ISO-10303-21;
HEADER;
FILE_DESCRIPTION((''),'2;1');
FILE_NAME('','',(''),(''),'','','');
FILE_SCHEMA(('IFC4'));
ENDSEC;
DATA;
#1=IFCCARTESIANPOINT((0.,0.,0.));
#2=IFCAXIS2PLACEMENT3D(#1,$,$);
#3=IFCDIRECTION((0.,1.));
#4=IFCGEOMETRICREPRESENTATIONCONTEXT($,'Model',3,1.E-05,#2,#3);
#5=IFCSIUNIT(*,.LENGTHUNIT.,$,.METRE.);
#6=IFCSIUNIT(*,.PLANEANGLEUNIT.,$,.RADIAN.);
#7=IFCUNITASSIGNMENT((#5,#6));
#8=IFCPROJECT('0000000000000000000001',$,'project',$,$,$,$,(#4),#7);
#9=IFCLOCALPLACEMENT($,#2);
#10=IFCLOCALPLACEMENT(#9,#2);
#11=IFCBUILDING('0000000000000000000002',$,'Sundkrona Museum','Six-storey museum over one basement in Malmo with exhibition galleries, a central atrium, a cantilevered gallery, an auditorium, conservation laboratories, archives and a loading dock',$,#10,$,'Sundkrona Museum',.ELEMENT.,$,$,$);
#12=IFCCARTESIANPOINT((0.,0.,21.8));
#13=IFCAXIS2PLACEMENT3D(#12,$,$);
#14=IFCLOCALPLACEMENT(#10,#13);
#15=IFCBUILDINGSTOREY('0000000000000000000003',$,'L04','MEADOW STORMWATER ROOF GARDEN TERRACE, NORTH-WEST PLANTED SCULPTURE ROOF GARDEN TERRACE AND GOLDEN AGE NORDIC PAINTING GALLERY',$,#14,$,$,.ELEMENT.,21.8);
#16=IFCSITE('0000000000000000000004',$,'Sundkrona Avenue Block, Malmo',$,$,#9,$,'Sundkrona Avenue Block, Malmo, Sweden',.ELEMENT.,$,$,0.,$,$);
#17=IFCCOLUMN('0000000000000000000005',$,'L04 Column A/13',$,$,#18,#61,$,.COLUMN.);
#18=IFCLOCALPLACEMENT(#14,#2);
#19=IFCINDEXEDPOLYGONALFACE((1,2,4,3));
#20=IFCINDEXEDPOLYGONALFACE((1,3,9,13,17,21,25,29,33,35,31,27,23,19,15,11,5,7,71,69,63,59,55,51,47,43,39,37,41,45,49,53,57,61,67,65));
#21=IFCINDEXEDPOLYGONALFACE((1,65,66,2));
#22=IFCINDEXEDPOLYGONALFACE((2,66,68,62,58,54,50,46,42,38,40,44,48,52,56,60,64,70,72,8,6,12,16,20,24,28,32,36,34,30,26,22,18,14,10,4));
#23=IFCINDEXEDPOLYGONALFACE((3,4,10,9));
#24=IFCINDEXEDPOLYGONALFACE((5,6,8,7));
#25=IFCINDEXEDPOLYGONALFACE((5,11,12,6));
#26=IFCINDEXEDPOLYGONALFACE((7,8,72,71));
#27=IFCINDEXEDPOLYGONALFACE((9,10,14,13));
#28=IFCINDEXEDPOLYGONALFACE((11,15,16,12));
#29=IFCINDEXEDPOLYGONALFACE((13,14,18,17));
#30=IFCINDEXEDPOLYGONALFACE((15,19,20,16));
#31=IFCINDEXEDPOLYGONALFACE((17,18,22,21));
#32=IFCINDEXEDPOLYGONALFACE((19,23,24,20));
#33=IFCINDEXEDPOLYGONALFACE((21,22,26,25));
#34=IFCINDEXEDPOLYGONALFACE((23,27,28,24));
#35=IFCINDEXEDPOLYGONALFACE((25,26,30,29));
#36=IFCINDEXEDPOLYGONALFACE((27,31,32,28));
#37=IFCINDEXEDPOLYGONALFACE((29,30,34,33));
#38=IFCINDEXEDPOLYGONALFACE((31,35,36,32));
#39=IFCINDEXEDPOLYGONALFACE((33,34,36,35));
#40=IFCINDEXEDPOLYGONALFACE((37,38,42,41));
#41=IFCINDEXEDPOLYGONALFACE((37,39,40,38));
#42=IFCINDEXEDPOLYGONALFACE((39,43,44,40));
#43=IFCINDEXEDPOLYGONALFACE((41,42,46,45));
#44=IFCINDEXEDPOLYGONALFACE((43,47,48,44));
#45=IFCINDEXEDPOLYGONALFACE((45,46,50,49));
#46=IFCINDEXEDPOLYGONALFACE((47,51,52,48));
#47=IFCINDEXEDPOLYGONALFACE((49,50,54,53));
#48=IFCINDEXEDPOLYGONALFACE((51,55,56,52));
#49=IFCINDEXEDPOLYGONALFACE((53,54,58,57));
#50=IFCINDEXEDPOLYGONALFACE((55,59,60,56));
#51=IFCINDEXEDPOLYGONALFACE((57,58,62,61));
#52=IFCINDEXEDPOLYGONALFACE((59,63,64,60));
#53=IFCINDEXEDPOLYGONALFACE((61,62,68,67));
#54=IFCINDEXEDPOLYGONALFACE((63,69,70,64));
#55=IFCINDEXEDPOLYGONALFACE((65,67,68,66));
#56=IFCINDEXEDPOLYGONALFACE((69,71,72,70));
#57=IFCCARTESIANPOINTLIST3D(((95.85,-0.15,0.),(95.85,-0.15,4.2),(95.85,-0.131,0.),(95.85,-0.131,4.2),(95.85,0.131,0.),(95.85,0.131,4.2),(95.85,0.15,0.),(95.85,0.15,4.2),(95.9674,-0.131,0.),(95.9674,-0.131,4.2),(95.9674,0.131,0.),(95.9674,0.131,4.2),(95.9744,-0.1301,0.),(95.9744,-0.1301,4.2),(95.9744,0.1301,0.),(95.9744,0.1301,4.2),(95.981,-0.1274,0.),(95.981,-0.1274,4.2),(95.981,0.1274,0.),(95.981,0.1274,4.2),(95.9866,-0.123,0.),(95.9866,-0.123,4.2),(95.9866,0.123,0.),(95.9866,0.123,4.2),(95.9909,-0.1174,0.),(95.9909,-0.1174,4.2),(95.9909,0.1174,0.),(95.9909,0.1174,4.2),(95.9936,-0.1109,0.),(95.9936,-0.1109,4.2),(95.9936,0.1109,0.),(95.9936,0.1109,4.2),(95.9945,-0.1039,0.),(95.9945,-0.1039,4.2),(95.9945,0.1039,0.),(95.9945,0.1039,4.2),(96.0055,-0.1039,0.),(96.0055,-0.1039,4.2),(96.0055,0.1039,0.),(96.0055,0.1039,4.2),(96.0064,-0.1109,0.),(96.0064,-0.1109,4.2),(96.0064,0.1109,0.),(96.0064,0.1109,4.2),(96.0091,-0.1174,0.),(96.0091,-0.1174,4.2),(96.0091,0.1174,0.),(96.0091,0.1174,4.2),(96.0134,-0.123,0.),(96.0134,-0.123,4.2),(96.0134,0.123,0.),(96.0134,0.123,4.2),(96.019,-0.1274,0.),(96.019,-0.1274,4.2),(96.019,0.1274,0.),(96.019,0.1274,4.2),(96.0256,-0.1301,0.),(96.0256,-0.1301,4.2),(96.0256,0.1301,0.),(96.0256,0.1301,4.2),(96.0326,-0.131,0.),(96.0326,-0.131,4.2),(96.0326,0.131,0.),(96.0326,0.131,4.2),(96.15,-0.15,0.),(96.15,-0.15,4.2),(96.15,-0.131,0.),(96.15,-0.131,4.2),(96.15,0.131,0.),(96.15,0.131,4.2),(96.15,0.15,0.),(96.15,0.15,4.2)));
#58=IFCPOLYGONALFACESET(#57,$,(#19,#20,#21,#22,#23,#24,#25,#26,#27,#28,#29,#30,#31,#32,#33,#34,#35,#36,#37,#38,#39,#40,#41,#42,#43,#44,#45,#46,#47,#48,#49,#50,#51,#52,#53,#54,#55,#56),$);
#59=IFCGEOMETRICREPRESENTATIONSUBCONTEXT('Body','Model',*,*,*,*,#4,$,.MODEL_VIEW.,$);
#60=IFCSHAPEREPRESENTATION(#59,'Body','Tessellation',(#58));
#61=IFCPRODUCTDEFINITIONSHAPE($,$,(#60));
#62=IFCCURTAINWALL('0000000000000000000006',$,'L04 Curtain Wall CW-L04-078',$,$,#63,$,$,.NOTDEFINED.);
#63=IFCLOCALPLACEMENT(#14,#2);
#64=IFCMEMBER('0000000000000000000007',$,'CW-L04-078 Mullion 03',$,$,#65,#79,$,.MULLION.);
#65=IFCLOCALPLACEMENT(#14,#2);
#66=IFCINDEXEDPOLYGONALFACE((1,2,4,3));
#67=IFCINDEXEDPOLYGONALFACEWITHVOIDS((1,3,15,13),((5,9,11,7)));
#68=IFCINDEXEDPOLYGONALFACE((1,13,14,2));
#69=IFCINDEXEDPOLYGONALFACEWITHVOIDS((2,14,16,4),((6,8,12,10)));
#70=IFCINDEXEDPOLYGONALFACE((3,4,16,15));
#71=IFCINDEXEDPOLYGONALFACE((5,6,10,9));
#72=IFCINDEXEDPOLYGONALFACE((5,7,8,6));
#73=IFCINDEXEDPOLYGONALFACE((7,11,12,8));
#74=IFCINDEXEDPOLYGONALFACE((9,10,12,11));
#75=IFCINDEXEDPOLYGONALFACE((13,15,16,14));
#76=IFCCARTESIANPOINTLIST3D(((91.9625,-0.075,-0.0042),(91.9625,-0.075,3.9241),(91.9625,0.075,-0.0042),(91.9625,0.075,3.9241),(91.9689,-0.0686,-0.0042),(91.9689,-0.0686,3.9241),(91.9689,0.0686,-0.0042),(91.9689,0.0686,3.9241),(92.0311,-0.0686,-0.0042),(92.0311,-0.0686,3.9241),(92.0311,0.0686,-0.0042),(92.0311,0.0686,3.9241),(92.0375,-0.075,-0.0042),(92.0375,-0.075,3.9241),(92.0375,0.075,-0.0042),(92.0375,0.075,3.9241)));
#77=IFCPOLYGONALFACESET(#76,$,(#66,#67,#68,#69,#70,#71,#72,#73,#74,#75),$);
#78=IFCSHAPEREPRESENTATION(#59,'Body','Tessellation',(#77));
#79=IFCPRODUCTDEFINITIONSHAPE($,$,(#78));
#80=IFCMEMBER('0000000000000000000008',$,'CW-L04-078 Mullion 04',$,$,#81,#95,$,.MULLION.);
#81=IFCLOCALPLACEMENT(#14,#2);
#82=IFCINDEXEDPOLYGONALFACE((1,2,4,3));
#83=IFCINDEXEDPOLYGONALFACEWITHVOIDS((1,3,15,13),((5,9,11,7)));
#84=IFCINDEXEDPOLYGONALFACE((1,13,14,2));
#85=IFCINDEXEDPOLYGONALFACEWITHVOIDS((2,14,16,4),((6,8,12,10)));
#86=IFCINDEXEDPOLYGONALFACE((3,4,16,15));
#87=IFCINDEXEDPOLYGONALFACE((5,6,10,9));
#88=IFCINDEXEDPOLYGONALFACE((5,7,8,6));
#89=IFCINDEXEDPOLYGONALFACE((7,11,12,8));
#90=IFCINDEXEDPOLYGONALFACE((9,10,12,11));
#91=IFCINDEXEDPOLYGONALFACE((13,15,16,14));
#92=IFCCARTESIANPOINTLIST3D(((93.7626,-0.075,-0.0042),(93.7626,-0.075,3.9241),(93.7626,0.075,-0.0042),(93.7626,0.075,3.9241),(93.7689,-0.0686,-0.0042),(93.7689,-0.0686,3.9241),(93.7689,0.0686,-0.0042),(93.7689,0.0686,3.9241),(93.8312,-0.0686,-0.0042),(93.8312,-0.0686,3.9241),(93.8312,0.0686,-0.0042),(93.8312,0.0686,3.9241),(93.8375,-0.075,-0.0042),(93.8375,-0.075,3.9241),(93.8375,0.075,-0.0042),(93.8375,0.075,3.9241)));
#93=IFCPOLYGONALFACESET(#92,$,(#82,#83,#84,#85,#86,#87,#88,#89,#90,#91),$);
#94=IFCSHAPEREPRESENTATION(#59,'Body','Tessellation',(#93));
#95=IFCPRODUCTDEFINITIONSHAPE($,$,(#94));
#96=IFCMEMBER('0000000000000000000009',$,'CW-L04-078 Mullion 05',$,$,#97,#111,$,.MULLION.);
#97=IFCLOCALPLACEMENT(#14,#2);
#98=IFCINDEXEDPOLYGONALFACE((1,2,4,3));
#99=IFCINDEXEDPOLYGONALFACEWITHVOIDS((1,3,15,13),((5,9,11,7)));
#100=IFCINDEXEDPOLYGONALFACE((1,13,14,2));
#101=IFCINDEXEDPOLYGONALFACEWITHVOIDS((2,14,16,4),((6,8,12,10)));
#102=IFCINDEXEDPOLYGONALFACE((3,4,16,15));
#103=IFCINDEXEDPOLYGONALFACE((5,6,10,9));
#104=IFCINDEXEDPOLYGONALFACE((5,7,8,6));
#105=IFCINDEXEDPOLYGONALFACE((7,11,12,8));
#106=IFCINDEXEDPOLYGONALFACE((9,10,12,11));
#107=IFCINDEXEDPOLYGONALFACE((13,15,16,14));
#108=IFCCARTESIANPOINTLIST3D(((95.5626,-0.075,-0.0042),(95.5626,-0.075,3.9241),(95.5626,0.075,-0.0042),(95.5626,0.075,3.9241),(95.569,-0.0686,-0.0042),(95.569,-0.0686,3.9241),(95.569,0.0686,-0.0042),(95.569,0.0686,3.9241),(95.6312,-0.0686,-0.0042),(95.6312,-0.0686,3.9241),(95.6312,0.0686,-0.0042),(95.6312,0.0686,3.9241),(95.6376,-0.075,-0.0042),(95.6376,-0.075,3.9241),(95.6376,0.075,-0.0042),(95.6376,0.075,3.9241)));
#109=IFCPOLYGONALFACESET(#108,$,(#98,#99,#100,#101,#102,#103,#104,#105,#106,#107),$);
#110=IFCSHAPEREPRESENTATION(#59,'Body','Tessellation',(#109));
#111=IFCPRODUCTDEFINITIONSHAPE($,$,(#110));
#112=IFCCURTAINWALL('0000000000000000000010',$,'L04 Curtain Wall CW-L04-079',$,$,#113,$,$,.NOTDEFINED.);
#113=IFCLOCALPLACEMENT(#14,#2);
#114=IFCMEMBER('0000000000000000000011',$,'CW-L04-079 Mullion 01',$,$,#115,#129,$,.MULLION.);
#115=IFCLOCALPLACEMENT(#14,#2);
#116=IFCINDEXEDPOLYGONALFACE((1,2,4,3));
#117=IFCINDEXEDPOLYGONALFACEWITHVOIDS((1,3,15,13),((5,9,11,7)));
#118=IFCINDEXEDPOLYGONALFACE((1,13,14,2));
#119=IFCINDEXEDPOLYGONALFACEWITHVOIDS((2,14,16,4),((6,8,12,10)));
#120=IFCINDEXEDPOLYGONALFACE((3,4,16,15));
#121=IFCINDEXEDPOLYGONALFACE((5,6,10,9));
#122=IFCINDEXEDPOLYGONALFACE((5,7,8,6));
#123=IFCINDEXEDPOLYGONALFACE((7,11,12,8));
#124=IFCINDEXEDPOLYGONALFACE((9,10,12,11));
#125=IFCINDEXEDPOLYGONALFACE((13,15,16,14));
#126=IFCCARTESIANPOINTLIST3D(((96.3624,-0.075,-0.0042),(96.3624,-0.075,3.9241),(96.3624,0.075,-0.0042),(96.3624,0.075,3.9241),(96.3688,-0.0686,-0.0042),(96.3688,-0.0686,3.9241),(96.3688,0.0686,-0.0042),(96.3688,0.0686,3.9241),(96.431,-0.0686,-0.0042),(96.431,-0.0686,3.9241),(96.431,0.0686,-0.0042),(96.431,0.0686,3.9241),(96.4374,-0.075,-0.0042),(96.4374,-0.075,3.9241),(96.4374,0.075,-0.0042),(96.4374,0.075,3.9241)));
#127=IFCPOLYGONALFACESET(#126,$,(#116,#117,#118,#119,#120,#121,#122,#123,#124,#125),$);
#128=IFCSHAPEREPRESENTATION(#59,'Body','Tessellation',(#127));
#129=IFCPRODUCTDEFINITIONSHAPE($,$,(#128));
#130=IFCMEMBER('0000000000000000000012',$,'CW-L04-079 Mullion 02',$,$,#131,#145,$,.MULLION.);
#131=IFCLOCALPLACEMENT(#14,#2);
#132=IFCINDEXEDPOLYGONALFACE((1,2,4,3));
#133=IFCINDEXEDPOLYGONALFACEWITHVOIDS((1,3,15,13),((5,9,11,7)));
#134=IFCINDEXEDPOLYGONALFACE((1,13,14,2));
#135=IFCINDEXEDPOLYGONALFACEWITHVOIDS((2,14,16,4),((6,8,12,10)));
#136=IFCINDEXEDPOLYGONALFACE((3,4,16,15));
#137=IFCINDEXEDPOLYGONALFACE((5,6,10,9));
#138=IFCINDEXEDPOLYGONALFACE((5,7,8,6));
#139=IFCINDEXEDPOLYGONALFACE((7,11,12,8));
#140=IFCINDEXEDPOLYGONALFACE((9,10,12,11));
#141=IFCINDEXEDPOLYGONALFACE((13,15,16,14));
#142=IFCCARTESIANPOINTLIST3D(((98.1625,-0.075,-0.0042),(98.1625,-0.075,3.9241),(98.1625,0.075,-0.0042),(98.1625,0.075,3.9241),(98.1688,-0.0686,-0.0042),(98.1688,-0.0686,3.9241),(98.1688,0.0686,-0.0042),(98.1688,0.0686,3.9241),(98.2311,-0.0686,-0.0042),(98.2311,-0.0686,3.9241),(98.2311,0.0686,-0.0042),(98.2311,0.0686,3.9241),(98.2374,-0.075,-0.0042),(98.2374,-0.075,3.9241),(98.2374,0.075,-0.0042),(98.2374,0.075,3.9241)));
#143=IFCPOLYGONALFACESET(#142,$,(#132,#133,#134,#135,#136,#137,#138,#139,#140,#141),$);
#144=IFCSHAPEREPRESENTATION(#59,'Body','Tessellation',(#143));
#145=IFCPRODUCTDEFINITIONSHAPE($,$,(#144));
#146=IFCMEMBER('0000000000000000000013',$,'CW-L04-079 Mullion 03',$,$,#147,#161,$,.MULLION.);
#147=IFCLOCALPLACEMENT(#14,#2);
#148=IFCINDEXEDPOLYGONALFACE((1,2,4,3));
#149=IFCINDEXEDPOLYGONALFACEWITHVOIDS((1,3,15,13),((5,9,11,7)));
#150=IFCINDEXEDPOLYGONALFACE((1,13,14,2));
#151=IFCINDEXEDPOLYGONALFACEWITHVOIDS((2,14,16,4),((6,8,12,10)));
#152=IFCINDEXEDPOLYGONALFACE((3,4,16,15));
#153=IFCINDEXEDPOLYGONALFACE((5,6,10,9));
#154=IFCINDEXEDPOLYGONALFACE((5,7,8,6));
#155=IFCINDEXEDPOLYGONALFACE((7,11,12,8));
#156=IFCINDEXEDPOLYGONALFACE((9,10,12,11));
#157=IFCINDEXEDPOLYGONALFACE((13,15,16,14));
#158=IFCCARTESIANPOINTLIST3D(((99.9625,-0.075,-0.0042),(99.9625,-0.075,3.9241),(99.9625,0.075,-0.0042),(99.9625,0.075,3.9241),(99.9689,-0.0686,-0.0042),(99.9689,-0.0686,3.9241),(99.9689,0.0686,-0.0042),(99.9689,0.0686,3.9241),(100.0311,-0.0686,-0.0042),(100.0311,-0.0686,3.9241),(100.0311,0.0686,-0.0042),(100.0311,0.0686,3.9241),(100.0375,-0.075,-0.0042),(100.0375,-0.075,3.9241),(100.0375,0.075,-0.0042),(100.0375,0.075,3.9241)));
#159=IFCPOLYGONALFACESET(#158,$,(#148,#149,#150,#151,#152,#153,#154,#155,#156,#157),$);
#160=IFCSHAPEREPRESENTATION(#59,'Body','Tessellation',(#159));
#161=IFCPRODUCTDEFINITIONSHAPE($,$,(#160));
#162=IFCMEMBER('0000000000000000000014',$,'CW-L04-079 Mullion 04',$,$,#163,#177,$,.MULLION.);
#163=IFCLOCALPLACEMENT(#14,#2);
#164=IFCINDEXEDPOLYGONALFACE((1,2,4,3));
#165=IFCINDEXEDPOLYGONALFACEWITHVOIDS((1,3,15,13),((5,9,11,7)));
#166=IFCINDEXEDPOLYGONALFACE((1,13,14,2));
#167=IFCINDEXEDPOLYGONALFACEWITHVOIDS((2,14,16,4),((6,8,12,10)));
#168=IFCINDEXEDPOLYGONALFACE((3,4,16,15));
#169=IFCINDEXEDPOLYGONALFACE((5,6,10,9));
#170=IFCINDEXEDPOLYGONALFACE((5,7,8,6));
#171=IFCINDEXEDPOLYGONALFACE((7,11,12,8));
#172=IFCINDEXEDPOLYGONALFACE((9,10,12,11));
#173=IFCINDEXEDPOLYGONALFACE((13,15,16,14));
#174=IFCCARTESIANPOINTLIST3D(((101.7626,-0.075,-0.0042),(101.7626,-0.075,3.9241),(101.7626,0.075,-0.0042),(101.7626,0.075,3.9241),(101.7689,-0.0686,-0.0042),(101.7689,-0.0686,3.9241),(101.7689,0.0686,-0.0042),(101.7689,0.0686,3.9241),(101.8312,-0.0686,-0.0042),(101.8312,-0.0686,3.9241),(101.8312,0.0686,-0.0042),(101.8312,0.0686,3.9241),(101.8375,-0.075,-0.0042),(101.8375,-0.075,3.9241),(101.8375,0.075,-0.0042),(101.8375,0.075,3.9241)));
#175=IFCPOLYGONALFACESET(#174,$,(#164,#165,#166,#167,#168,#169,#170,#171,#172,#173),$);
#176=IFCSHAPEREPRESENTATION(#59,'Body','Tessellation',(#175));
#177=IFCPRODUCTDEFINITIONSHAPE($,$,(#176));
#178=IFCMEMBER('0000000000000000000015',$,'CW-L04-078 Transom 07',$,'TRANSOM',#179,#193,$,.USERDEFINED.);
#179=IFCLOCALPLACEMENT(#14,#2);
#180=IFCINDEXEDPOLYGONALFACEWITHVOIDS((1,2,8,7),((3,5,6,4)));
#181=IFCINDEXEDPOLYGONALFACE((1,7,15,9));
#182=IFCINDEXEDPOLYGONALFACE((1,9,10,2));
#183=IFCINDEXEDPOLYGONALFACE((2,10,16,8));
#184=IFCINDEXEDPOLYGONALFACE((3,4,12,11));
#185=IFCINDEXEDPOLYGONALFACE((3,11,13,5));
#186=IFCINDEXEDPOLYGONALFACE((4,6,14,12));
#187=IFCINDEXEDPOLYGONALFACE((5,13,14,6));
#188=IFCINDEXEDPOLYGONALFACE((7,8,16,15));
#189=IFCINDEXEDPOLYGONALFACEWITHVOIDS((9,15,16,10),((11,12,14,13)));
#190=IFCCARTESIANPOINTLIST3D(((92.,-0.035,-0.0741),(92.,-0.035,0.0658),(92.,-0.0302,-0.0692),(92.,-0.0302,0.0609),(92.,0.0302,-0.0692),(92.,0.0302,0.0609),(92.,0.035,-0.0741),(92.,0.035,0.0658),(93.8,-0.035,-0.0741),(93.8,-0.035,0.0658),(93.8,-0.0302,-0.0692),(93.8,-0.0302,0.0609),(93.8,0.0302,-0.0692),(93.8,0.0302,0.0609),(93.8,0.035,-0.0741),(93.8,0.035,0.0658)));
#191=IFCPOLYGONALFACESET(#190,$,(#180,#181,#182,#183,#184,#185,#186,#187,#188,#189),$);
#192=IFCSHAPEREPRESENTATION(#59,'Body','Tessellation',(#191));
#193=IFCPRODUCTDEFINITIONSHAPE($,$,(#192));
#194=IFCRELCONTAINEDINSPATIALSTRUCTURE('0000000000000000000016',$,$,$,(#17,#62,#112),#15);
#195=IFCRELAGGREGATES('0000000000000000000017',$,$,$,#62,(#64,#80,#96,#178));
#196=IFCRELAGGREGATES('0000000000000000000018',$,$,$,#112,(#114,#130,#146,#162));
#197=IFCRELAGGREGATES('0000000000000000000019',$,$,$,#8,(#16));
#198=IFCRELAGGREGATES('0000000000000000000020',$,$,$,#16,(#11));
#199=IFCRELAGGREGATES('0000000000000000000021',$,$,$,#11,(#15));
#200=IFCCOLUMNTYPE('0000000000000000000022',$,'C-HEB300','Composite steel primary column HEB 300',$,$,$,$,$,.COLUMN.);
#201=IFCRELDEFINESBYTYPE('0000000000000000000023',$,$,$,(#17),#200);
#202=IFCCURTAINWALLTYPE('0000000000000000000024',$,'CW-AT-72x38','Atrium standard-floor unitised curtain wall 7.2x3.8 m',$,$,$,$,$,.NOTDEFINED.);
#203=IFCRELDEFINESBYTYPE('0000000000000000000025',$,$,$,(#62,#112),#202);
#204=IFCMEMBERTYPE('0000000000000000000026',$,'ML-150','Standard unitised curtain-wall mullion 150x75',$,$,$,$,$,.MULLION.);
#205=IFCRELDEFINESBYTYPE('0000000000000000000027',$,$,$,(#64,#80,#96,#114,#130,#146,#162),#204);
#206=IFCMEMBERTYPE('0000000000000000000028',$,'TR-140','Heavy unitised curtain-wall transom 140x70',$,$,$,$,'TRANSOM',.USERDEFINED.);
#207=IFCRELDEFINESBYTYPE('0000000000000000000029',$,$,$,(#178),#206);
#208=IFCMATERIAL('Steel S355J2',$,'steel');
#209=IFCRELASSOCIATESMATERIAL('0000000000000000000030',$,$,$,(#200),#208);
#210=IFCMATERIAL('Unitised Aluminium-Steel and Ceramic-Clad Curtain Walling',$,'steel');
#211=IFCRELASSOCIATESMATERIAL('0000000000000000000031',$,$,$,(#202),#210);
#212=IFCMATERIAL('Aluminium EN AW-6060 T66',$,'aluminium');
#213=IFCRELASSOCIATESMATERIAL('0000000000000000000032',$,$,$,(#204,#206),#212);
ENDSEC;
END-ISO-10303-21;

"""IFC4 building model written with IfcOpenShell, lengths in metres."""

from ifc_helpers import new_model, si_unit, direction, frame, origin, origin_2d, place, context, subcontext, project, spatial, hollow_rectangle, i_section, extrude, material, material_profile, profile_set, type_object, element, aggregate, save


model = new_model("IFC4")

# Units and contexts
model_context = context("Model", 3, precision=1e-05, world=origin(), true_north=direction((0.0, 1.0)))
body_context = subcontext(model_context, "Body", "Model", "MODEL_VIEW")
ifc_project = project(units=[si_unit("LENGTHUNIT", "METRE"), si_unit("PLANEANGLEUNIT", "RADIAN")], contexts=[model_context])

# Site, building, storey
site_placement = place(None, origin())
site = spatial("IfcSite", under=ifc_project, at=site_placement, Name="Sundkrona Avenue Block, Malmo", LongName="Sundkrona Avenue Block, Malmo, Sweden", CompositionType="ELEMENT", RefElevation=0.0)
building_placement = place(site_placement, origin())
building = spatial("IfcBuilding", under=site, at=building_placement, Name="Sundkrona Museum", Description="Six-storey museum over one basement in Malmo with exhibition galleries, a central atrium, a cantilevered gallery, an auditorium, conservation laboratories, archives and a loading dock", LongName="Sundkrona Museum", CompositionType="ELEMENT")
storey_placement = place(building_placement, frame((0.0, 0.0, 21.8)))
storey = spatial("IfcBuildingStorey", under=building, at=storey_placement, Name="L04", Description="MEADOW STORMWATER ROOF GARDEN TERRACE, NORTH-WEST PLANTED SCULPTURE ROOF GARDEN TERRACE AND GOLDEN AGE NORDIC PAINTING GALLERY", CompositionType="ELEMENT", Elevation=21.8)

# Column
ifc_material_1 = material(Name="Steel S355J2", Category="steel")
ifc_material_profile_1 = material_profile(ifc_material_1, i_section(OverallWidth=0.3, OverallDepth=0.3, WebThickness=0.011, FlangeThickness=0.019, FilletRadius=0.0271, at=origin_2d()), Name="HEB 300")
ifc_profile_set_1 = profile_set([ifc_material_profile_1], Name="Steel S355J2")
column_type = type_object("IfcColumnType", Name="C-HEB300", Description="Composite steel primary column HEB 300", PredefinedType="COLUMN", material=ifc_profile_set_1)
column_placement = place(storey_placement, frame((96.0, 0.0, 0.0), z_axis=(0.0, 0.0, 1.0), x_axis=(1.0, 0.0, 0.0)))
element("IfcColumn", 1, at=column_placement, inside=storey, type_object=column_type, Name="L04 Column A/13", PredefinedType="COLUMN", context=body_context, shape_type="SweptSolid", body=[
    extrude(i_section(OverallWidth=0.3, OverallDepth=0.3, WebThickness=0.011, FlangeThickness=0.019, FilletRadius=0.0271, at=origin_2d()), origin(), (0.0, 0.0, 1.0), 4.2),
])

# Curtain walls, members
ifc_material_2 = material(Name="Unitised Aluminium-Steel and Ceramic-Clad Curtain Walling", Category="steel")
curtain_wall_type = type_object("IfcCurtainWallType", Name="CW-AT-72x38", Description="Atrium standard-floor unitised curtain wall 7.2x3.8 m", PredefinedType="NOTDEFINED", material=ifc_material_2)
curtain_wall_1_placement = place(storey_placement, origin())
curtain_wall_1 = element("IfcCurtainWall", 2, at=curtain_wall_1_placement, inside=storey, type_object=curtain_wall_type, Name="L04 Curtain Wall CW-L04-078", PredefinedType="NOTDEFINED")
ifc_material_3 = material(Name="Aluminium EN AW-6060 T66", Category="aluminium")
ifc_material_profile_2 = material_profile(ifc_material_3, hollow_rectangle(XDim=0.075, YDim=0.1499, WallThickness=0.0063, at=origin_2d()), Name="RHS 150x75x6.3")
ifc_profile_set_2 = profile_set([ifc_material_profile_2], Name="Aluminium EN AW-6060 T66")
member_type_1 = type_object("IfcMemberType", Name="ML-150", Description="Standard unitised curtain-wall mullion 150x75", PredefinedType="MULLION", material=ifc_profile_set_2)
member_1_placement = place(storey_placement, frame((92.0, 0.0, -0.0042), z_axis=(0.0, 0.0, 1.0), x_axis=(1.0, 0.0, 0.0)))
member_1 = element("IfcMember", 3, at=member_1_placement, type_object=member_type_1, Name="CW-L04-078 Mullion 03", PredefinedType="MULLION", context=body_context, shape_type="SweptSolid", body=[
    extrude(hollow_rectangle(XDim=0.075, YDim=0.1499, WallThickness=0.0063, at=origin_2d()), origin(), (0.0, 0.0, 1.0), 3.9282),
])
member_2_placement = place(storey_placement, frame((93.8, 0.0, -0.0042), z_axis=(0.0, 0.0, 1.0), x_axis=(1.0, 0.0, 0.0)))
member_2 = element("IfcMember", 4, at=member_2_placement, type_object=member_type_1, Name="CW-L04-078 Mullion 04", PredefinedType="MULLION", context=body_context, shape_type="SweptSolid", body=[
    extrude(hollow_rectangle(XDim=0.075, YDim=0.1499, WallThickness=0.0063, at=origin_2d()), origin(), (0.0, 0.0, 1.0), 3.9282),
])
member_3_placement = place(storey_placement, frame((95.6001, 0.0, -0.0042), z_axis=(0.0, 0.0, 1.0), x_axis=(1.0, 0.0, 0.0)))
member_3 = element("IfcMember", 5, at=member_3_placement, type_object=member_type_1, Name="CW-L04-078 Mullion 05", PredefinedType="MULLION", context=body_context, shape_type="SweptSolid", body=[
    extrude(hollow_rectangle(XDim=0.075, YDim=0.1499, WallThickness=0.0063, at=origin_2d()), origin(), (0.0, 0.0, 1.0), 3.9282),
])
curtain_wall_2_placement = place(storey_placement, origin())
curtain_wall_2 = element("IfcCurtainWall", 6, at=curtain_wall_2_placement, inside=storey, type_object=curtain_wall_type, Name="L04 Curtain Wall CW-L04-079", PredefinedType="NOTDEFINED")
member_4_placement = place(storey_placement, frame((96.3999, 0.0, -0.0042), z_axis=(0.0, 0.0, 1.0), x_axis=(1.0, 0.0, 0.0)))
member_4 = element("IfcMember", 7, at=member_4_placement, type_object=member_type_1, Name="CW-L04-079 Mullion 01", PredefinedType="MULLION", context=body_context, shape_type="SweptSolid", body=[
    extrude(hollow_rectangle(XDim=0.075, YDim=0.1499, WallThickness=0.0063, at=origin_2d()), origin(), (0.0, 0.0, 1.0), 3.9282),
])
member_5_placement = place(storey_placement, frame((98.2, 0.0, -0.0042), z_axis=(0.0, 0.0, 1.0), x_axis=(1.0, 0.0, 0.0)))
member_5 = element("IfcMember", 8, at=member_5_placement, type_object=member_type_1, Name="CW-L04-079 Mullion 02", PredefinedType="MULLION", context=body_context, shape_type="SweptSolid", body=[
    extrude(hollow_rectangle(XDim=0.075, YDim=0.1499, WallThickness=0.0063, at=origin_2d()), origin(), (0.0, 0.0, 1.0), 3.9282),
])
member_6_placement = place(storey_placement, frame((100.0, 0.0, -0.0042), z_axis=(0.0, 0.0, 1.0), x_axis=(1.0, 0.0, 0.0)))
member_6 = element("IfcMember", 9, at=member_6_placement, type_object=member_type_1, Name="CW-L04-079 Mullion 03", PredefinedType="MULLION", context=body_context, shape_type="SweptSolid", body=[
    extrude(hollow_rectangle(XDim=0.075, YDim=0.1499, WallThickness=0.0063, at=origin_2d()), origin(), (0.0, 0.0, 1.0), 3.9282),
])
member_7_placement = place(storey_placement, frame((101.8, 0.0, -0.0042), z_axis=(0.0, 0.0, 1.0), x_axis=(1.0, 0.0, 0.0)))
member_7 = element("IfcMember", 10, at=member_7_placement, type_object=member_type_1, Name="CW-L04-079 Mullion 04", PredefinedType="MULLION", context=body_context, shape_type="SweptSolid", body=[
    extrude(hollow_rectangle(XDim=0.075, YDim=0.1499, WallThickness=0.0063, at=origin_2d()), origin(), (0.0, 0.0, 1.0), 3.9282),
])

# Member
ifc_material_profile_3 = material_profile(ifc_material_3, hollow_rectangle(XDim=0.0701, YDim=0.1399, WallThickness=0.0049, at=origin_2d()), Name="RHS 140x70x5.0")
ifc_profile_set_3 = profile_set([ifc_material_profile_3], Name="Aluminium EN AW-6060 T66")
member_type_2 = type_object("IfcMemberType", Name="TR-140", Description="Heavy unitised curtain-wall transom 140x70", ElementType="TRANSOM", PredefinedType="USERDEFINED", material=ifc_profile_set_3)
member_8_placement = place(storey_placement, frame((92.0, 0.0, -0.0042), z_axis=(1.0, 0.0, 0.0), x_axis=(0.0, 1.0, 0.0)))
member_8 = element("IfcMember", 11, at=member_8_placement, type_object=member_type_2, Name="CW-L04-078 Transom 07", ObjectType="TRANSOM", PredefinedType="USERDEFINED", context=body_context, shape_type="SweptSolid", body=[
    extrude(hollow_rectangle(XDim=0.0701, YDim=0.1399, WallThickness=0.0049, at=origin_2d()), origin(), (0.0, 0.0, 1.0), 1.8),
])

aggregate(curtain_wall_1, [member_1, member_2, member_3, member_8])
aggregate(curtain_wall_2, [member_4, member_5, member_6, member_7])

save(model, "model.ifc")
